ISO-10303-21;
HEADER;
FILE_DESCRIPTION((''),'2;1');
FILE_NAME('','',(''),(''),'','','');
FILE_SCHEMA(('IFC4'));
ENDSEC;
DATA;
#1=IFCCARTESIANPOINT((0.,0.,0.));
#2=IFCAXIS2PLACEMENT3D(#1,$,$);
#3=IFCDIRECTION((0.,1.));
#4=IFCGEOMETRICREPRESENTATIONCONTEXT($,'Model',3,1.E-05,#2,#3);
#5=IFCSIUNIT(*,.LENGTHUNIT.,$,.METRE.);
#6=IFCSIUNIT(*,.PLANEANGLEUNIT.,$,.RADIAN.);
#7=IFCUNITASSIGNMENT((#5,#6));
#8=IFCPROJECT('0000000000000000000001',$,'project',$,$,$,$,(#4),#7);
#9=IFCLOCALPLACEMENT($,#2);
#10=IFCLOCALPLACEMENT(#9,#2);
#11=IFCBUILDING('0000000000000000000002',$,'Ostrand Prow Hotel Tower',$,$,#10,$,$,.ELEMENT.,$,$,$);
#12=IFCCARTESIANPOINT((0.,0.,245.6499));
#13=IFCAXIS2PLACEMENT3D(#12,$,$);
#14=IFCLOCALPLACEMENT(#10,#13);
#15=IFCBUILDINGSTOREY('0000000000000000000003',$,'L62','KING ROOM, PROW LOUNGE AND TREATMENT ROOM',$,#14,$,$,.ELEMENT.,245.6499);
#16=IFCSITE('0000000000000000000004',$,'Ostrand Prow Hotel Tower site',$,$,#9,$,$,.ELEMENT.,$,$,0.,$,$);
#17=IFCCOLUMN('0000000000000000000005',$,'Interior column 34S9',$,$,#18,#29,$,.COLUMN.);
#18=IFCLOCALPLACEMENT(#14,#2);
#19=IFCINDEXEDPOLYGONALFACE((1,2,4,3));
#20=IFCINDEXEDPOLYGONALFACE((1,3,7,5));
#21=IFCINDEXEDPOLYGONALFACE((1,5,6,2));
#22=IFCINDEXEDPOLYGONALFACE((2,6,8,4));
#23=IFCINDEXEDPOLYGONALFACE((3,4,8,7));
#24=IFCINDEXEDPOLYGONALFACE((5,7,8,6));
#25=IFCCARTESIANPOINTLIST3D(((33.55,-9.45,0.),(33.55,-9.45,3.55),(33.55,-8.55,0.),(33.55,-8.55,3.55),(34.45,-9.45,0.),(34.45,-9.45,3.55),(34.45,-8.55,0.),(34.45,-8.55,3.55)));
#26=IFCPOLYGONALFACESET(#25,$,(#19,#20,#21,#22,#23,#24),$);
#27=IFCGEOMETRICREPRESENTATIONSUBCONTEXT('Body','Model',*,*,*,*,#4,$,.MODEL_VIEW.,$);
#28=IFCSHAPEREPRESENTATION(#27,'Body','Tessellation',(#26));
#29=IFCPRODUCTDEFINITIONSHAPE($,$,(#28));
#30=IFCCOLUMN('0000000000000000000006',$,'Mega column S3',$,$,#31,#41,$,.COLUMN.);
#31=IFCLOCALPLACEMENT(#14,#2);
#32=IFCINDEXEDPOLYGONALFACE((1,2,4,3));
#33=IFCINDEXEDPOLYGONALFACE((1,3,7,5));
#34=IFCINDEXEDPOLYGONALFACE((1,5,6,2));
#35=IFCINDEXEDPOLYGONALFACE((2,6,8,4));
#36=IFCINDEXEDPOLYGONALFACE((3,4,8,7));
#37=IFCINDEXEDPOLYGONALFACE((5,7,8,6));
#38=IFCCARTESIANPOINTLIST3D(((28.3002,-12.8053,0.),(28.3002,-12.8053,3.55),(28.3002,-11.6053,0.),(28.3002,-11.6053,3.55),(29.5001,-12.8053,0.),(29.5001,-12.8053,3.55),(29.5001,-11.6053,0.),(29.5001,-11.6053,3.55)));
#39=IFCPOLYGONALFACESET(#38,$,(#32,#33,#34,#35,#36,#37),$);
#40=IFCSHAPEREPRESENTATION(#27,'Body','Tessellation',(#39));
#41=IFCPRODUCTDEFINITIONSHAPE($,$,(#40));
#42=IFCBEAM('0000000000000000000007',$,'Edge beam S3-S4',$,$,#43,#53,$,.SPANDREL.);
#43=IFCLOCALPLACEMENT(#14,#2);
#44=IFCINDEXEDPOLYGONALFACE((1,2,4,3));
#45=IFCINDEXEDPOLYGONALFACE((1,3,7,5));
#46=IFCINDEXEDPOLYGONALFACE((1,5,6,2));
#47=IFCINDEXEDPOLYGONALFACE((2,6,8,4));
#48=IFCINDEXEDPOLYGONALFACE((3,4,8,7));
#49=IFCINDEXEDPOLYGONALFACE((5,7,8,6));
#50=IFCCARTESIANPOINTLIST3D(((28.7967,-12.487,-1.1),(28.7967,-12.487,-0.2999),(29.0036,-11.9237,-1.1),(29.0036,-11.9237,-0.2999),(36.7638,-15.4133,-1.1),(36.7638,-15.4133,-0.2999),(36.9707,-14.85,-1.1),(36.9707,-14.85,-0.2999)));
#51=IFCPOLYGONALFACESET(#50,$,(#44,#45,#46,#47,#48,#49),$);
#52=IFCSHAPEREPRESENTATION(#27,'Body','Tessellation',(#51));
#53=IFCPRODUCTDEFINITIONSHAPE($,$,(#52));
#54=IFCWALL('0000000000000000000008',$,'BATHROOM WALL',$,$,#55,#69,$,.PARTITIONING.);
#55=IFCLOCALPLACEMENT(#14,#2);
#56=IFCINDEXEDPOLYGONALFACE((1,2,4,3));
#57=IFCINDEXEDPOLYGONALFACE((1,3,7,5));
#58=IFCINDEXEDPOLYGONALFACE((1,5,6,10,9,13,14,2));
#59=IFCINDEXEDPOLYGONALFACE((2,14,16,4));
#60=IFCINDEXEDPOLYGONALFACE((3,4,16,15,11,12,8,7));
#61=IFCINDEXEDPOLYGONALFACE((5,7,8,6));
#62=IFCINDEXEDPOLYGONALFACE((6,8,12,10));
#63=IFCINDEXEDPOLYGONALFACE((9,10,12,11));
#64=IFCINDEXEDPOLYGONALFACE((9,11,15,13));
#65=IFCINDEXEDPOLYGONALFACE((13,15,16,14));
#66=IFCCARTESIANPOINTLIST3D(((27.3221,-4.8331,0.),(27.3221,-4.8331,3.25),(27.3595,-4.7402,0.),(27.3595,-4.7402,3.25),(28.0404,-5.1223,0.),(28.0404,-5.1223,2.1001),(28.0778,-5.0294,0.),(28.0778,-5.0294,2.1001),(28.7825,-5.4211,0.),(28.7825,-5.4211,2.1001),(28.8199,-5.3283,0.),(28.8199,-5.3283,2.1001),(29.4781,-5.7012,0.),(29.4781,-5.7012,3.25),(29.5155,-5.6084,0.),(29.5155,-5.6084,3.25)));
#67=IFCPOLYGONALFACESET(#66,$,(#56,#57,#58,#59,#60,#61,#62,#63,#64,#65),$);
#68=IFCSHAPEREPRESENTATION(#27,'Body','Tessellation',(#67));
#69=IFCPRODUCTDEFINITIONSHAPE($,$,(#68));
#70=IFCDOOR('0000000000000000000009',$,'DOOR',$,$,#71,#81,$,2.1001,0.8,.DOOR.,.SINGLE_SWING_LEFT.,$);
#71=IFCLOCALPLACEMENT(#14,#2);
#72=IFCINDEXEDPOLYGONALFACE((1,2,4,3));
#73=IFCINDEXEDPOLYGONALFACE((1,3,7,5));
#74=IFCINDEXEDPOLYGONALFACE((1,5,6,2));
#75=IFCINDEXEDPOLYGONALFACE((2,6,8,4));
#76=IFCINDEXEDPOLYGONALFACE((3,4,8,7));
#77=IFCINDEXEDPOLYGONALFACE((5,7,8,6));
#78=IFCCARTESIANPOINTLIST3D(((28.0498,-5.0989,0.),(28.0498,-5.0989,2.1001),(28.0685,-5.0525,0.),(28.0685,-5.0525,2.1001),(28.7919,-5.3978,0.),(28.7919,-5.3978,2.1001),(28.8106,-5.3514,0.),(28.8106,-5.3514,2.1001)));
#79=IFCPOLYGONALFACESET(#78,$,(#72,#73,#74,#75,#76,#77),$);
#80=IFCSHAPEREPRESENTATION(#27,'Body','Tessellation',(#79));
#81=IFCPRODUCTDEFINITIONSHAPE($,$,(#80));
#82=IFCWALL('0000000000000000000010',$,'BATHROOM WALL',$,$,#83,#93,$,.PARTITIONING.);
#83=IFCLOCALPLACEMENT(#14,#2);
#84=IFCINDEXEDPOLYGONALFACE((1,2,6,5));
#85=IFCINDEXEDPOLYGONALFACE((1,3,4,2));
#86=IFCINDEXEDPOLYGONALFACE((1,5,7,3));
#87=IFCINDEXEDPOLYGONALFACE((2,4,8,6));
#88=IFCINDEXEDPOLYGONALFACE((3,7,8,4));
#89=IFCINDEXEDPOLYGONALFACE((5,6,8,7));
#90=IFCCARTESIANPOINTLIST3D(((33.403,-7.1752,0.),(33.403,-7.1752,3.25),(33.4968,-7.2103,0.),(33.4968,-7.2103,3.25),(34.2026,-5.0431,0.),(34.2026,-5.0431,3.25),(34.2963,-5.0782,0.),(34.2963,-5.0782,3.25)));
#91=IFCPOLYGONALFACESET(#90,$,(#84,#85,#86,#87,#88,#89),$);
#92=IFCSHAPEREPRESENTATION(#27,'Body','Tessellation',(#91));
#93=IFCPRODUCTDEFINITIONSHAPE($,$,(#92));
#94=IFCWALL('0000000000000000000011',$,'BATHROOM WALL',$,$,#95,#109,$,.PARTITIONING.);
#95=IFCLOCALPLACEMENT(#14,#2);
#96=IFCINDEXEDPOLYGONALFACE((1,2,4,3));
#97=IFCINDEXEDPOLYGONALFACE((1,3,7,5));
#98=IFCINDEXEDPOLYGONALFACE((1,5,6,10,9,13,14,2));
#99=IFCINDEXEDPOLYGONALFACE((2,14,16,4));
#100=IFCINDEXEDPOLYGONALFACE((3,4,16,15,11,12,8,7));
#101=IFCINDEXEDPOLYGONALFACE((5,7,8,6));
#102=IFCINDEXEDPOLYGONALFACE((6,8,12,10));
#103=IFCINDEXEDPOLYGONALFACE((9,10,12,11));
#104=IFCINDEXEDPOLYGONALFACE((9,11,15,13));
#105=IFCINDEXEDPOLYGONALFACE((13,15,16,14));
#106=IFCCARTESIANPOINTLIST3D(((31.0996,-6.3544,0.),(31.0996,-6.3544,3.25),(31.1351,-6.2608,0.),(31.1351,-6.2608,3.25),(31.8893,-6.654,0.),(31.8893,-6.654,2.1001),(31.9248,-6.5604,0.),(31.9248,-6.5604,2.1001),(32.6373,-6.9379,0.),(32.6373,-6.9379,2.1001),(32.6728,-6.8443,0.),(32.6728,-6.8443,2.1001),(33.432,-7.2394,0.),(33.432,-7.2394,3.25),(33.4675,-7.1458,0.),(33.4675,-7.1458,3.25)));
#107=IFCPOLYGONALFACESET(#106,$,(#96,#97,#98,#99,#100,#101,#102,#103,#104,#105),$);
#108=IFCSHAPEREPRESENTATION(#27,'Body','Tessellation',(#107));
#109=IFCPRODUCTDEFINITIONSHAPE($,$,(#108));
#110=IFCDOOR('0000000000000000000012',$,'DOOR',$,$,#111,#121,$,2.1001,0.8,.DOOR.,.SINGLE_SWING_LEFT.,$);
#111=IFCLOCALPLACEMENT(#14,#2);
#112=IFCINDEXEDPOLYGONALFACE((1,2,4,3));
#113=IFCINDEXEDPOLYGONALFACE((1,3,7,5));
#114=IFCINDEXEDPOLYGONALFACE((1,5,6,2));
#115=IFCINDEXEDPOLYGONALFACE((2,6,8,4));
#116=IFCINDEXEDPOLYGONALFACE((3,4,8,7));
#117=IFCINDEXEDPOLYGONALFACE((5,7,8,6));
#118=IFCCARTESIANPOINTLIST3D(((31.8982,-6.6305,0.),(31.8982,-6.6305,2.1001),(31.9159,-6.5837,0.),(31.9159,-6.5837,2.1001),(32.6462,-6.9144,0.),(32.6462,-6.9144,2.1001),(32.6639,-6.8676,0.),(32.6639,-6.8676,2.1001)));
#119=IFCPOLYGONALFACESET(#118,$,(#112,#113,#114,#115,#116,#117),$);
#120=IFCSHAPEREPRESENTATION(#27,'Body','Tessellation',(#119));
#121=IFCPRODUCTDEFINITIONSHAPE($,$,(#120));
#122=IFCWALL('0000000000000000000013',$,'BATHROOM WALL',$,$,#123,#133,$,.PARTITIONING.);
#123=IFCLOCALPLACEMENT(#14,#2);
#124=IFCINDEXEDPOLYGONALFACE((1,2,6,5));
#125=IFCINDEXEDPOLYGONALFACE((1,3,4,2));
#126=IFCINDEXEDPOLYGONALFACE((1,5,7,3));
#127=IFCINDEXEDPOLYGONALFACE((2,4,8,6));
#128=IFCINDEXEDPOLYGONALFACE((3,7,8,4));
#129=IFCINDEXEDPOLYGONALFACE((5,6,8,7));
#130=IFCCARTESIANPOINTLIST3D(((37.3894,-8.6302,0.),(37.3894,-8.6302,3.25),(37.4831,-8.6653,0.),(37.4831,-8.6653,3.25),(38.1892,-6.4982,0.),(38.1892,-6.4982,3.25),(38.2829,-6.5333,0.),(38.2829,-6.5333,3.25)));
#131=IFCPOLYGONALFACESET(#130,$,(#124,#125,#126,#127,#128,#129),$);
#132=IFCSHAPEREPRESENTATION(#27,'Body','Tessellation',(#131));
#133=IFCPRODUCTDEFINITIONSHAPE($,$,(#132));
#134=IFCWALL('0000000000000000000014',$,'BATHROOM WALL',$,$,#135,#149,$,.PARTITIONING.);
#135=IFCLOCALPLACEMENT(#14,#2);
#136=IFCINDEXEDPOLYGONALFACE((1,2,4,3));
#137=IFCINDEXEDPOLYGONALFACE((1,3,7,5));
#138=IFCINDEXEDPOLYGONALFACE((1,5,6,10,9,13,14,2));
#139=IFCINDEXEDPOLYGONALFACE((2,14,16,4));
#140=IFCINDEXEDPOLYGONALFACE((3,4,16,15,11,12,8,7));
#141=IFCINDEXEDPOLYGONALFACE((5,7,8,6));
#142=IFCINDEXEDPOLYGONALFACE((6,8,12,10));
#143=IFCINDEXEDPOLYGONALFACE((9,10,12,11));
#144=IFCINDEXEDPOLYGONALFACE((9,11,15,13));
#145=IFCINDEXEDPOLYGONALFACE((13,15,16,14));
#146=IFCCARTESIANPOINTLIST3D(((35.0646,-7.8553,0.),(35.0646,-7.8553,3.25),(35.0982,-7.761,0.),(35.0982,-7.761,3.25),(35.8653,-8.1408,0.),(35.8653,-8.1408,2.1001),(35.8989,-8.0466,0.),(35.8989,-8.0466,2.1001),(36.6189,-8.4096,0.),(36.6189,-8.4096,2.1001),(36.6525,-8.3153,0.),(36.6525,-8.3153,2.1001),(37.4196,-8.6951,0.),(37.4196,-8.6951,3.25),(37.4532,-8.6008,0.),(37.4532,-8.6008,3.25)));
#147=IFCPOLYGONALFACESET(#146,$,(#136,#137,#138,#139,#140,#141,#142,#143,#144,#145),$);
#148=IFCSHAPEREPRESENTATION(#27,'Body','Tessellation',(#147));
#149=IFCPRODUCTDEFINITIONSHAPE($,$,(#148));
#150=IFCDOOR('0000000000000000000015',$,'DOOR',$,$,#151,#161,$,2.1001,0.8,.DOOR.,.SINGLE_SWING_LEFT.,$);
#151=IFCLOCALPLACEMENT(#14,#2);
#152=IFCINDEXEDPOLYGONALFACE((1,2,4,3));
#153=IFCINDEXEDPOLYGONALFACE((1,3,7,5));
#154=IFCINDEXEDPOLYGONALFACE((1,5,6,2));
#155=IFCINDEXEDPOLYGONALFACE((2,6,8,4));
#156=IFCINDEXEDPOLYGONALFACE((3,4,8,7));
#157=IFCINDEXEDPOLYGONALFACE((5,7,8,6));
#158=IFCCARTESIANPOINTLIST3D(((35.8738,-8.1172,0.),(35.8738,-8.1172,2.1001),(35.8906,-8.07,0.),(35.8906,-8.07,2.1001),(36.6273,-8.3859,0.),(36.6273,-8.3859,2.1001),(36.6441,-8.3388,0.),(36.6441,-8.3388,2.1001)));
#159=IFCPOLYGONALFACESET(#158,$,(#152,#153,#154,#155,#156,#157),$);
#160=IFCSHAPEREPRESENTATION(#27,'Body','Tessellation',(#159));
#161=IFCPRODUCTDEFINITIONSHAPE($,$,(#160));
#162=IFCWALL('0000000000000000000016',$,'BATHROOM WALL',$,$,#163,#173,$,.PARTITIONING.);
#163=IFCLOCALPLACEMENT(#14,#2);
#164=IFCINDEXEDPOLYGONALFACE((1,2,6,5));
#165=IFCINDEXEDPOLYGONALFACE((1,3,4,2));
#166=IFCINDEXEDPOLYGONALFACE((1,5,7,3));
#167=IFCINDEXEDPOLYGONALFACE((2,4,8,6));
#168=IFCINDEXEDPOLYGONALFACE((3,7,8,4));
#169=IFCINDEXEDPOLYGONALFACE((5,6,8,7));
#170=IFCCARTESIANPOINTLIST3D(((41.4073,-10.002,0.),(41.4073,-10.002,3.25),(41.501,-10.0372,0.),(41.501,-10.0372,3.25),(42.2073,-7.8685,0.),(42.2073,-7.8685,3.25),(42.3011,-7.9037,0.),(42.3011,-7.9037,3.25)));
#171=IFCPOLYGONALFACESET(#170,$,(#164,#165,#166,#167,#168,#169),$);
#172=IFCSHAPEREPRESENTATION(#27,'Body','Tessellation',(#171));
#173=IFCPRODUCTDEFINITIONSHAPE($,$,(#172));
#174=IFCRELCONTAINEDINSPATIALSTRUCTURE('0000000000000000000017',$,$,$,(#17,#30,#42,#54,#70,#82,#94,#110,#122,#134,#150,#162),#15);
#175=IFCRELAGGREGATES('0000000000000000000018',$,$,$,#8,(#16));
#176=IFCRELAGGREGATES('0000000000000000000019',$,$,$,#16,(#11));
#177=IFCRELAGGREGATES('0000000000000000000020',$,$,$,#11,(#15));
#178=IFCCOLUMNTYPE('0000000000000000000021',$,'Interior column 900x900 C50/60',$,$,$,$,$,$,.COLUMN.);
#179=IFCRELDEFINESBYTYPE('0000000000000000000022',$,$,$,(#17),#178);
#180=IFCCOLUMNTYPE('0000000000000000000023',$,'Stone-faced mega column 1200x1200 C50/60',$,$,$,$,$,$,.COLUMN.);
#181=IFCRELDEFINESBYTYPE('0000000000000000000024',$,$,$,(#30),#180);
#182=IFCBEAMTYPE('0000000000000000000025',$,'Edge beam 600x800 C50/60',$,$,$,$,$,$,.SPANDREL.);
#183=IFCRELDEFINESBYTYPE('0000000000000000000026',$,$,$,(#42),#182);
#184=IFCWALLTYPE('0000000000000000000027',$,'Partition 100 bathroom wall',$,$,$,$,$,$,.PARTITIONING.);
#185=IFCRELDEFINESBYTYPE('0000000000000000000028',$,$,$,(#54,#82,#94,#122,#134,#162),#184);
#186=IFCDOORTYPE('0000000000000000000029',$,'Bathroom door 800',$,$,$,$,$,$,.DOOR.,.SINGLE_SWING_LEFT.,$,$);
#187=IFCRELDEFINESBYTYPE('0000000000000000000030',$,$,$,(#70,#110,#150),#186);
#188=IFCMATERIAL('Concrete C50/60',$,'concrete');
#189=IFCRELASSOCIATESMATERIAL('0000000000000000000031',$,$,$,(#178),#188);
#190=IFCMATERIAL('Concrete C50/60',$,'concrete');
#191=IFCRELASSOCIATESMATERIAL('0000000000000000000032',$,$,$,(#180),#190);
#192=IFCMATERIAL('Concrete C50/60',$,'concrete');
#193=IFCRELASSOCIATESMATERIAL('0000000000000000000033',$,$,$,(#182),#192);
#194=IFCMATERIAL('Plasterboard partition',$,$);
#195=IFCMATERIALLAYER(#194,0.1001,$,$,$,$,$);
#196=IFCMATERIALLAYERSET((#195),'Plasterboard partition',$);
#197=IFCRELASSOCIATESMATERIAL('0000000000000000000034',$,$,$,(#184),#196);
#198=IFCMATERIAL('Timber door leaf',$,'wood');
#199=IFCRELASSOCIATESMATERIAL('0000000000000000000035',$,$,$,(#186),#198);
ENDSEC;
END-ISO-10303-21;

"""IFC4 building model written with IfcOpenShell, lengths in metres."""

from ifc_helpers import new_model, si_unit, direction, frame, frame_2d, origin, origin_2d, place, context, subcontext, project, spatial, rectangle, extrude, material, layer, layer_set, material_profile, profile_set, type_object, element, fill, save


model = new_model("IFC4")

# Units and contexts
model_context = context("Model", 3, precision=1e-05, world=origin(), true_north=direction((0.0, 1.0)))
body_context = subcontext(model_context, "Body", "Model", "MODEL_VIEW")
ifc_project = project(units=[si_unit("LENGTHUNIT", "METRE"), si_unit("PLANEANGLEUNIT", "RADIAN")], contexts=[model_context])

# Site, building, storey
site_placement = place(None, origin())
site = spatial("IfcSite", under=ifc_project, at=site_placement, Name="Ostrand Prow Hotel Tower site", CompositionType="ELEMENT", RefElevation=0.0)
building_placement = place(site_placement, origin())
building = spatial("IfcBuilding", under=site, at=building_placement, Name="Ostrand Prow Hotel Tower", CompositionType="ELEMENT")
storey_placement = place(building_placement, frame((0.0, 0.0, 245.6499)))
storey = spatial("IfcBuildingStorey", under=building, at=storey_placement, Name="L62", Description="KING ROOM, PROW LOUNGE AND TREATMENT ROOM", CompositionType="ELEMENT", Elevation=245.6499)

# Columns
ifc_material_1 = material(Name="Concrete C50/60", Category="concrete")
ifc_material_profile_1 = material_profile(ifc_material_1, rectangle(XDim=0.8999, YDim=0.8999, at=origin_2d()), Name="RC 900x900")
ifc_profile_set_1 = profile_set([ifc_material_profile_1], Name="Concrete C50/60")
column_type_1 = type_object("IfcColumnType", Name="Interior column 900x900 C50/60", PredefinedType="COLUMN", material=ifc_profile_set_1)
column_1_placement = place(storey_placement, frame((34.0, -9.0, 0.0), z_axis=(0.0, 0.0, 1.0), x_axis=(1.0, 0.0, 0.0)))
element("IfcColumn", 1, at=column_1_placement, inside=storey, type_object=column_type_1, Name="Interior column 34S9", PredefinedType="COLUMN", context=body_context, shape_type="SweptSolid", body=[
    extrude(rectangle(XDim=0.8999, YDim=0.8999, at=origin_2d()), origin(), (0.0, 0.0, 1.0), 3.55),
])
ifc_material_2 = material(Name="Concrete C50/60", Category="concrete")
ifc_material_profile_2 = material_profile(ifc_material_2, rectangle(XDim=1.2, YDim=1.2, at=origin_2d()), Name="RC 1200x1200")
ifc_profile_set_2 = profile_set([ifc_material_profile_2], Name="Concrete C50/60")
column_type_2 = type_object("IfcColumnType", Name="Stone-faced mega column 1200x1200 C50/60", PredefinedType="COLUMN", material=ifc_profile_set_2)
column_2_placement = place(storey_placement, frame((28.9001, -12.2053, 0.0), z_axis=(0.0, 0.0, 1.0), x_axis=(1.0, 0.0, 0.0)))
element("IfcColumn", 2, at=column_2_placement, inside=storey, type_object=column_type_2, Name="Mega column S3", PredefinedType="COLUMN", context=body_context, shape_type="SweptSolid", body=[
    extrude(rectangle(XDim=1.2, YDim=1.2, at=origin_2d()), origin(), (0.0, 0.0, 1.0), 3.55),
])

# Beam
ifc_material_3 = material(Name="Concrete C50/60", Category="concrete")
ifc_material_profile_3 = material_profile(ifc_material_3, rectangle(XDim=0.6001, YDim=0.8, at=origin_2d()), Name="RC 600x800")
ifc_profile_set_3 = profile_set([ifc_material_profile_3], Name="Concrete C50/60")
beam_type = type_object("IfcBeamType", Name="Edge beam 600x800 C50/60", PredefinedType="SPANDREL", material=ifc_profile_set_3)
beam_placement = place(storey_placement, frame((28.9001, -12.2053, -0.7), z_axis=(0.938685, -0.344776, 0.0), x_axis=(0.344776, 0.938685, 0.0)))
element("IfcBeam", 3, at=beam_placement, inside=storey, type_object=beam_type, Name="Edge beam S3-S4", PredefinedType="SPANDREL", context=body_context, shape_type="SweptSolid", body=[
    extrude(rectangle(XDim=0.6001, YDim=0.8, at=origin_2d()), origin(), (0.0, 0.0, 1.0), 8.4875),
])

# Wall, opening, door
ifc_material_4 = material(Name="Plasterboard partition")
ifc_layer_1 = layer(ifc_material_4, 0.1001)
ifc_layer_set_1 = layer_set([ifc_layer_1], Name="Plasterboard partition")
wall_type_1 = type_object("IfcWallType", Name="Partition 100 bathroom wall", PredefinedType="PARTITIONING", material=ifc_layer_set_1)
wall_1_placement = place(storey_placement, frame((29.4968, -5.6548, 0.0), z_axis=(0.0, 0.0, 1.0), x_axis=(-0.927619, 0.373527, 0.0)))
wall_1 = element("IfcWall", 4, at=wall_1_placement, inside=storey, type_object=wall_type_1, Name="BATHROOM WALL", PredefinedType="PARTITIONING", context=body_context, shape_type="SweptSolid", body=[
    extrude(rectangle(XDim=2.3242, YDim=0.1001, at=frame_2d((1.1621, 0.0))), origin(), (0.0, 0.0, 1.0), 3.25),
])
opening_1_placement = place(wall_1_placement, frame((0.75, 0.0, 0.0)))
opening_1 = element("IfcOpeningElement", 5, at=opening_1_placement, cuts=wall_1, PredefinedType="OPENING", context=body_context, shape_type="SweptSolid", body=[
    extrude(rectangle(XDim=0.8, YDim=2.1001, at=frame_2d((0.3999, 1.05))), frame((0.0, 0.0601, 0.0), z_axis=(0.0, -1.0, 0.0), x_axis=(1.0, 0.0, 0.0)), (0.0, 0.0, 1.0), 0.1201),
])
ifc_material_5 = material(Name="Timber door leaf", Category="wood")
door_type_1 = type_object("IfcDoorType", Name="Bathroom door 800", OperationType="SINGLE_SWING_LEFT", PredefinedType="DOOR", material=ifc_material_5)
door_1_placement = place(opening_1_placement, origin())
door_1 = element("IfcDoor", 6, at=door_1_placement, inside=storey, type_object=door_type_1, Name="DOOR", OperationType="SINGLE_SWING_LEFT", OverallHeight=2.1001, OverallWidth=0.8, PredefinedType="DOOR", context=body_context, shape_type="SweptSolid", body=[
    extrude(rectangle(XDim=0.8, YDim=2.1001, at=frame_2d((0.3999, 1.05))), frame((0.0, 0.0249, 0.0), z_axis=(0.0, -1.0, 0.0), x_axis=(1.0, 0.0, 0.0)), (0.0, 0.0, 1.0), 0.05),
])
fill(opening_1, door_1)

# Wall
wall_2_placement = place(storey_placement, frame((34.2495, -5.0605, 0.0), z_axis=(0.0, 0.0, 1.0), x_axis=(-0.351135, -0.936325, 0.0)))
element("IfcWall", 7, at=wall_2_placement, inside=storey, type_object=wall_type_1, Name="BATHROOM WALL", PredefinedType="PARTITIONING", context=body_context, shape_type="SweptSolid", body=[
    extrude(rectangle(XDim=2.2771, YDim=0.1001, at=frame_2d((1.1387, 0.0))), origin(), (0.0, 0.0, 1.0), 3.25),
])

# Wall, opening, door
wall_3_placement = place(storey_placement, frame((33.4497, -7.1926, 0.0), z_axis=(0.0, 0.0, 1.0), x_axis=(-0.934951, 0.354778, 0.0)))
wall_3 = element("IfcWall", 8, at=wall_3_placement, inside=storey, type_object=wall_type_1, Name="BATHROOM WALL", PredefinedType="PARTITIONING", context=body_context, shape_type="SweptSolid", body=[
    extrude(rectangle(XDim=2.4946, YDim=0.1001, at=frame_2d((1.2473, 0.0))), origin(), (0.0, 0.0, 1.0), 3.25),
])
opening_2_placement = place(wall_3_placement, frame((0.8501, 0.0, 0.0)))
opening_2 = element("IfcOpeningElement", 9, at=opening_2_placement, cuts=wall_3, PredefinedType="OPENING", context=body_context, shape_type="SweptSolid", body=[
    extrude(rectangle(XDim=0.8, YDim=2.1001, at=frame_2d((0.3999, 1.05))), frame((0.0, 0.0601, 0.0), z_axis=(0.0, -1.0, 0.0), x_axis=(1.0, 0.0, 0.0)), (0.0, 0.0, 1.0), 0.1201),
])
door_2_placement = place(opening_2_placement, origin())
door_2 = element("IfcDoor", 10, at=door_2_placement, inside=storey, type_object=door_type_1, Name="DOOR", OperationType="SINGLE_SWING_LEFT", OverallHeight=2.1001, OverallWidth=0.8, PredefinedType="DOOR", context=body_context, shape_type="SweptSolid", body=[
    extrude(rectangle(XDim=0.8, YDim=2.1001, at=frame_2d((0.3999, 1.05))), frame((0.0, 0.0249, 0.0), z_axis=(0.0, -1.0, 0.0), x_axis=(1.0, 0.0, 0.0)), (0.0, 0.0, 1.0), 0.05),
])
fill(opening_2, door_2)

# Wall
wall_4_placement = place(storey_placement, frame((38.2361, -6.5156, 0.0), z_axis=(0.0, 0.0, 1.0), x_axis=(-0.351229, -0.93629, 0.0)))
element("IfcWall", 11, at=wall_4_placement, inside=storey, type_object=wall_type_1, Name="BATHROOM WALL", PredefinedType="PARTITIONING", context=body_context, shape_type="SweptSolid", body=[
    extrude(rectangle(XDim=2.2771, YDim=0.1001, at=frame_2d((1.1387, 0.0))), origin(), (0.0, 0.0, 1.0), 3.25),
])

# Wall, opening, door
wall_5_placement = place(storey_placement, frame((37.4363, -8.6479, 0.0), z_axis=(0.0, 0.0, 1.0), x_axis=(-0.941896, 0.335903, 0.0)))
wall_5 = element("IfcWall", 12, at=wall_5_placement, inside=storey, type_object=wall_type_1, Name="BATHROOM WALL", PredefinedType="PARTITIONING", context=body_context, shape_type="SweptSolid", body=[
    extrude(rectangle(XDim=2.5002, YDim=0.1001, at=frame_2d((1.25, 0.0))), origin(), (0.0, 0.0, 1.0), 3.25),
])
opening_3_placement = place(wall_5_placement, frame((0.8501, 0.0, 0.0)))
opening_3 = element("IfcOpeningElement", 13, at=opening_3_placement, cuts=wall_5, PredefinedType="OPENING", context=body_context, shape_type="SweptSolid", body=[
    extrude(rectangle(XDim=0.8, YDim=2.1001, at=frame_2d((0.3999, 1.05))), frame((0.0, 0.0601, 0.0), z_axis=(0.0, -1.0, 0.0), x_axis=(1.0, 0.0, 0.0)), (0.0, 0.0, 1.0), 0.1201),
])
door_3_placement = place(opening_3_placement, origin())
door_3 = element("IfcDoor", 14, at=door_3_placement, inside=storey, type_object=door_type_1, Name="DOOR", OperationType="SINGLE_SWING_LEFT", OverallHeight=2.1001, OverallWidth=0.8, PredefinedType="DOOR", context=body_context, shape_type="SweptSolid", body=[
    extrude(rectangle(XDim=0.8, YDim=2.1001, at=frame_2d((0.3999, 1.05))), frame((0.0, 0.0249, 0.0), z_axis=(0.0, -1.0, 0.0), x_axis=(1.0, 0.0, 0.0)), (0.0, 0.0, 1.0), 0.05),
])
fill(opening_3, door_3)

# Wall
wall_6_placement = place(storey_placement, frame((42.2542, -7.8862, 0.0), z_axis=(0.0, 0.0, 1.0), x_axis=(-0.351112, -0.936334, 0.0)))
element("IfcWall", 15, at=wall_6_placement, inside=storey, type_object=wall_type_1, Name="BATHROOM WALL", PredefinedType="PARTITIONING", context=body_context, shape_type="SweptSolid", body=[
    extrude(rectangle(XDim=2.2786, YDim=0.1001, at=frame_2d((1.1392, 0.0))), origin(), (0.0, 0.0, 1.0), 3.25),
])

save(model, "model.ifc")
